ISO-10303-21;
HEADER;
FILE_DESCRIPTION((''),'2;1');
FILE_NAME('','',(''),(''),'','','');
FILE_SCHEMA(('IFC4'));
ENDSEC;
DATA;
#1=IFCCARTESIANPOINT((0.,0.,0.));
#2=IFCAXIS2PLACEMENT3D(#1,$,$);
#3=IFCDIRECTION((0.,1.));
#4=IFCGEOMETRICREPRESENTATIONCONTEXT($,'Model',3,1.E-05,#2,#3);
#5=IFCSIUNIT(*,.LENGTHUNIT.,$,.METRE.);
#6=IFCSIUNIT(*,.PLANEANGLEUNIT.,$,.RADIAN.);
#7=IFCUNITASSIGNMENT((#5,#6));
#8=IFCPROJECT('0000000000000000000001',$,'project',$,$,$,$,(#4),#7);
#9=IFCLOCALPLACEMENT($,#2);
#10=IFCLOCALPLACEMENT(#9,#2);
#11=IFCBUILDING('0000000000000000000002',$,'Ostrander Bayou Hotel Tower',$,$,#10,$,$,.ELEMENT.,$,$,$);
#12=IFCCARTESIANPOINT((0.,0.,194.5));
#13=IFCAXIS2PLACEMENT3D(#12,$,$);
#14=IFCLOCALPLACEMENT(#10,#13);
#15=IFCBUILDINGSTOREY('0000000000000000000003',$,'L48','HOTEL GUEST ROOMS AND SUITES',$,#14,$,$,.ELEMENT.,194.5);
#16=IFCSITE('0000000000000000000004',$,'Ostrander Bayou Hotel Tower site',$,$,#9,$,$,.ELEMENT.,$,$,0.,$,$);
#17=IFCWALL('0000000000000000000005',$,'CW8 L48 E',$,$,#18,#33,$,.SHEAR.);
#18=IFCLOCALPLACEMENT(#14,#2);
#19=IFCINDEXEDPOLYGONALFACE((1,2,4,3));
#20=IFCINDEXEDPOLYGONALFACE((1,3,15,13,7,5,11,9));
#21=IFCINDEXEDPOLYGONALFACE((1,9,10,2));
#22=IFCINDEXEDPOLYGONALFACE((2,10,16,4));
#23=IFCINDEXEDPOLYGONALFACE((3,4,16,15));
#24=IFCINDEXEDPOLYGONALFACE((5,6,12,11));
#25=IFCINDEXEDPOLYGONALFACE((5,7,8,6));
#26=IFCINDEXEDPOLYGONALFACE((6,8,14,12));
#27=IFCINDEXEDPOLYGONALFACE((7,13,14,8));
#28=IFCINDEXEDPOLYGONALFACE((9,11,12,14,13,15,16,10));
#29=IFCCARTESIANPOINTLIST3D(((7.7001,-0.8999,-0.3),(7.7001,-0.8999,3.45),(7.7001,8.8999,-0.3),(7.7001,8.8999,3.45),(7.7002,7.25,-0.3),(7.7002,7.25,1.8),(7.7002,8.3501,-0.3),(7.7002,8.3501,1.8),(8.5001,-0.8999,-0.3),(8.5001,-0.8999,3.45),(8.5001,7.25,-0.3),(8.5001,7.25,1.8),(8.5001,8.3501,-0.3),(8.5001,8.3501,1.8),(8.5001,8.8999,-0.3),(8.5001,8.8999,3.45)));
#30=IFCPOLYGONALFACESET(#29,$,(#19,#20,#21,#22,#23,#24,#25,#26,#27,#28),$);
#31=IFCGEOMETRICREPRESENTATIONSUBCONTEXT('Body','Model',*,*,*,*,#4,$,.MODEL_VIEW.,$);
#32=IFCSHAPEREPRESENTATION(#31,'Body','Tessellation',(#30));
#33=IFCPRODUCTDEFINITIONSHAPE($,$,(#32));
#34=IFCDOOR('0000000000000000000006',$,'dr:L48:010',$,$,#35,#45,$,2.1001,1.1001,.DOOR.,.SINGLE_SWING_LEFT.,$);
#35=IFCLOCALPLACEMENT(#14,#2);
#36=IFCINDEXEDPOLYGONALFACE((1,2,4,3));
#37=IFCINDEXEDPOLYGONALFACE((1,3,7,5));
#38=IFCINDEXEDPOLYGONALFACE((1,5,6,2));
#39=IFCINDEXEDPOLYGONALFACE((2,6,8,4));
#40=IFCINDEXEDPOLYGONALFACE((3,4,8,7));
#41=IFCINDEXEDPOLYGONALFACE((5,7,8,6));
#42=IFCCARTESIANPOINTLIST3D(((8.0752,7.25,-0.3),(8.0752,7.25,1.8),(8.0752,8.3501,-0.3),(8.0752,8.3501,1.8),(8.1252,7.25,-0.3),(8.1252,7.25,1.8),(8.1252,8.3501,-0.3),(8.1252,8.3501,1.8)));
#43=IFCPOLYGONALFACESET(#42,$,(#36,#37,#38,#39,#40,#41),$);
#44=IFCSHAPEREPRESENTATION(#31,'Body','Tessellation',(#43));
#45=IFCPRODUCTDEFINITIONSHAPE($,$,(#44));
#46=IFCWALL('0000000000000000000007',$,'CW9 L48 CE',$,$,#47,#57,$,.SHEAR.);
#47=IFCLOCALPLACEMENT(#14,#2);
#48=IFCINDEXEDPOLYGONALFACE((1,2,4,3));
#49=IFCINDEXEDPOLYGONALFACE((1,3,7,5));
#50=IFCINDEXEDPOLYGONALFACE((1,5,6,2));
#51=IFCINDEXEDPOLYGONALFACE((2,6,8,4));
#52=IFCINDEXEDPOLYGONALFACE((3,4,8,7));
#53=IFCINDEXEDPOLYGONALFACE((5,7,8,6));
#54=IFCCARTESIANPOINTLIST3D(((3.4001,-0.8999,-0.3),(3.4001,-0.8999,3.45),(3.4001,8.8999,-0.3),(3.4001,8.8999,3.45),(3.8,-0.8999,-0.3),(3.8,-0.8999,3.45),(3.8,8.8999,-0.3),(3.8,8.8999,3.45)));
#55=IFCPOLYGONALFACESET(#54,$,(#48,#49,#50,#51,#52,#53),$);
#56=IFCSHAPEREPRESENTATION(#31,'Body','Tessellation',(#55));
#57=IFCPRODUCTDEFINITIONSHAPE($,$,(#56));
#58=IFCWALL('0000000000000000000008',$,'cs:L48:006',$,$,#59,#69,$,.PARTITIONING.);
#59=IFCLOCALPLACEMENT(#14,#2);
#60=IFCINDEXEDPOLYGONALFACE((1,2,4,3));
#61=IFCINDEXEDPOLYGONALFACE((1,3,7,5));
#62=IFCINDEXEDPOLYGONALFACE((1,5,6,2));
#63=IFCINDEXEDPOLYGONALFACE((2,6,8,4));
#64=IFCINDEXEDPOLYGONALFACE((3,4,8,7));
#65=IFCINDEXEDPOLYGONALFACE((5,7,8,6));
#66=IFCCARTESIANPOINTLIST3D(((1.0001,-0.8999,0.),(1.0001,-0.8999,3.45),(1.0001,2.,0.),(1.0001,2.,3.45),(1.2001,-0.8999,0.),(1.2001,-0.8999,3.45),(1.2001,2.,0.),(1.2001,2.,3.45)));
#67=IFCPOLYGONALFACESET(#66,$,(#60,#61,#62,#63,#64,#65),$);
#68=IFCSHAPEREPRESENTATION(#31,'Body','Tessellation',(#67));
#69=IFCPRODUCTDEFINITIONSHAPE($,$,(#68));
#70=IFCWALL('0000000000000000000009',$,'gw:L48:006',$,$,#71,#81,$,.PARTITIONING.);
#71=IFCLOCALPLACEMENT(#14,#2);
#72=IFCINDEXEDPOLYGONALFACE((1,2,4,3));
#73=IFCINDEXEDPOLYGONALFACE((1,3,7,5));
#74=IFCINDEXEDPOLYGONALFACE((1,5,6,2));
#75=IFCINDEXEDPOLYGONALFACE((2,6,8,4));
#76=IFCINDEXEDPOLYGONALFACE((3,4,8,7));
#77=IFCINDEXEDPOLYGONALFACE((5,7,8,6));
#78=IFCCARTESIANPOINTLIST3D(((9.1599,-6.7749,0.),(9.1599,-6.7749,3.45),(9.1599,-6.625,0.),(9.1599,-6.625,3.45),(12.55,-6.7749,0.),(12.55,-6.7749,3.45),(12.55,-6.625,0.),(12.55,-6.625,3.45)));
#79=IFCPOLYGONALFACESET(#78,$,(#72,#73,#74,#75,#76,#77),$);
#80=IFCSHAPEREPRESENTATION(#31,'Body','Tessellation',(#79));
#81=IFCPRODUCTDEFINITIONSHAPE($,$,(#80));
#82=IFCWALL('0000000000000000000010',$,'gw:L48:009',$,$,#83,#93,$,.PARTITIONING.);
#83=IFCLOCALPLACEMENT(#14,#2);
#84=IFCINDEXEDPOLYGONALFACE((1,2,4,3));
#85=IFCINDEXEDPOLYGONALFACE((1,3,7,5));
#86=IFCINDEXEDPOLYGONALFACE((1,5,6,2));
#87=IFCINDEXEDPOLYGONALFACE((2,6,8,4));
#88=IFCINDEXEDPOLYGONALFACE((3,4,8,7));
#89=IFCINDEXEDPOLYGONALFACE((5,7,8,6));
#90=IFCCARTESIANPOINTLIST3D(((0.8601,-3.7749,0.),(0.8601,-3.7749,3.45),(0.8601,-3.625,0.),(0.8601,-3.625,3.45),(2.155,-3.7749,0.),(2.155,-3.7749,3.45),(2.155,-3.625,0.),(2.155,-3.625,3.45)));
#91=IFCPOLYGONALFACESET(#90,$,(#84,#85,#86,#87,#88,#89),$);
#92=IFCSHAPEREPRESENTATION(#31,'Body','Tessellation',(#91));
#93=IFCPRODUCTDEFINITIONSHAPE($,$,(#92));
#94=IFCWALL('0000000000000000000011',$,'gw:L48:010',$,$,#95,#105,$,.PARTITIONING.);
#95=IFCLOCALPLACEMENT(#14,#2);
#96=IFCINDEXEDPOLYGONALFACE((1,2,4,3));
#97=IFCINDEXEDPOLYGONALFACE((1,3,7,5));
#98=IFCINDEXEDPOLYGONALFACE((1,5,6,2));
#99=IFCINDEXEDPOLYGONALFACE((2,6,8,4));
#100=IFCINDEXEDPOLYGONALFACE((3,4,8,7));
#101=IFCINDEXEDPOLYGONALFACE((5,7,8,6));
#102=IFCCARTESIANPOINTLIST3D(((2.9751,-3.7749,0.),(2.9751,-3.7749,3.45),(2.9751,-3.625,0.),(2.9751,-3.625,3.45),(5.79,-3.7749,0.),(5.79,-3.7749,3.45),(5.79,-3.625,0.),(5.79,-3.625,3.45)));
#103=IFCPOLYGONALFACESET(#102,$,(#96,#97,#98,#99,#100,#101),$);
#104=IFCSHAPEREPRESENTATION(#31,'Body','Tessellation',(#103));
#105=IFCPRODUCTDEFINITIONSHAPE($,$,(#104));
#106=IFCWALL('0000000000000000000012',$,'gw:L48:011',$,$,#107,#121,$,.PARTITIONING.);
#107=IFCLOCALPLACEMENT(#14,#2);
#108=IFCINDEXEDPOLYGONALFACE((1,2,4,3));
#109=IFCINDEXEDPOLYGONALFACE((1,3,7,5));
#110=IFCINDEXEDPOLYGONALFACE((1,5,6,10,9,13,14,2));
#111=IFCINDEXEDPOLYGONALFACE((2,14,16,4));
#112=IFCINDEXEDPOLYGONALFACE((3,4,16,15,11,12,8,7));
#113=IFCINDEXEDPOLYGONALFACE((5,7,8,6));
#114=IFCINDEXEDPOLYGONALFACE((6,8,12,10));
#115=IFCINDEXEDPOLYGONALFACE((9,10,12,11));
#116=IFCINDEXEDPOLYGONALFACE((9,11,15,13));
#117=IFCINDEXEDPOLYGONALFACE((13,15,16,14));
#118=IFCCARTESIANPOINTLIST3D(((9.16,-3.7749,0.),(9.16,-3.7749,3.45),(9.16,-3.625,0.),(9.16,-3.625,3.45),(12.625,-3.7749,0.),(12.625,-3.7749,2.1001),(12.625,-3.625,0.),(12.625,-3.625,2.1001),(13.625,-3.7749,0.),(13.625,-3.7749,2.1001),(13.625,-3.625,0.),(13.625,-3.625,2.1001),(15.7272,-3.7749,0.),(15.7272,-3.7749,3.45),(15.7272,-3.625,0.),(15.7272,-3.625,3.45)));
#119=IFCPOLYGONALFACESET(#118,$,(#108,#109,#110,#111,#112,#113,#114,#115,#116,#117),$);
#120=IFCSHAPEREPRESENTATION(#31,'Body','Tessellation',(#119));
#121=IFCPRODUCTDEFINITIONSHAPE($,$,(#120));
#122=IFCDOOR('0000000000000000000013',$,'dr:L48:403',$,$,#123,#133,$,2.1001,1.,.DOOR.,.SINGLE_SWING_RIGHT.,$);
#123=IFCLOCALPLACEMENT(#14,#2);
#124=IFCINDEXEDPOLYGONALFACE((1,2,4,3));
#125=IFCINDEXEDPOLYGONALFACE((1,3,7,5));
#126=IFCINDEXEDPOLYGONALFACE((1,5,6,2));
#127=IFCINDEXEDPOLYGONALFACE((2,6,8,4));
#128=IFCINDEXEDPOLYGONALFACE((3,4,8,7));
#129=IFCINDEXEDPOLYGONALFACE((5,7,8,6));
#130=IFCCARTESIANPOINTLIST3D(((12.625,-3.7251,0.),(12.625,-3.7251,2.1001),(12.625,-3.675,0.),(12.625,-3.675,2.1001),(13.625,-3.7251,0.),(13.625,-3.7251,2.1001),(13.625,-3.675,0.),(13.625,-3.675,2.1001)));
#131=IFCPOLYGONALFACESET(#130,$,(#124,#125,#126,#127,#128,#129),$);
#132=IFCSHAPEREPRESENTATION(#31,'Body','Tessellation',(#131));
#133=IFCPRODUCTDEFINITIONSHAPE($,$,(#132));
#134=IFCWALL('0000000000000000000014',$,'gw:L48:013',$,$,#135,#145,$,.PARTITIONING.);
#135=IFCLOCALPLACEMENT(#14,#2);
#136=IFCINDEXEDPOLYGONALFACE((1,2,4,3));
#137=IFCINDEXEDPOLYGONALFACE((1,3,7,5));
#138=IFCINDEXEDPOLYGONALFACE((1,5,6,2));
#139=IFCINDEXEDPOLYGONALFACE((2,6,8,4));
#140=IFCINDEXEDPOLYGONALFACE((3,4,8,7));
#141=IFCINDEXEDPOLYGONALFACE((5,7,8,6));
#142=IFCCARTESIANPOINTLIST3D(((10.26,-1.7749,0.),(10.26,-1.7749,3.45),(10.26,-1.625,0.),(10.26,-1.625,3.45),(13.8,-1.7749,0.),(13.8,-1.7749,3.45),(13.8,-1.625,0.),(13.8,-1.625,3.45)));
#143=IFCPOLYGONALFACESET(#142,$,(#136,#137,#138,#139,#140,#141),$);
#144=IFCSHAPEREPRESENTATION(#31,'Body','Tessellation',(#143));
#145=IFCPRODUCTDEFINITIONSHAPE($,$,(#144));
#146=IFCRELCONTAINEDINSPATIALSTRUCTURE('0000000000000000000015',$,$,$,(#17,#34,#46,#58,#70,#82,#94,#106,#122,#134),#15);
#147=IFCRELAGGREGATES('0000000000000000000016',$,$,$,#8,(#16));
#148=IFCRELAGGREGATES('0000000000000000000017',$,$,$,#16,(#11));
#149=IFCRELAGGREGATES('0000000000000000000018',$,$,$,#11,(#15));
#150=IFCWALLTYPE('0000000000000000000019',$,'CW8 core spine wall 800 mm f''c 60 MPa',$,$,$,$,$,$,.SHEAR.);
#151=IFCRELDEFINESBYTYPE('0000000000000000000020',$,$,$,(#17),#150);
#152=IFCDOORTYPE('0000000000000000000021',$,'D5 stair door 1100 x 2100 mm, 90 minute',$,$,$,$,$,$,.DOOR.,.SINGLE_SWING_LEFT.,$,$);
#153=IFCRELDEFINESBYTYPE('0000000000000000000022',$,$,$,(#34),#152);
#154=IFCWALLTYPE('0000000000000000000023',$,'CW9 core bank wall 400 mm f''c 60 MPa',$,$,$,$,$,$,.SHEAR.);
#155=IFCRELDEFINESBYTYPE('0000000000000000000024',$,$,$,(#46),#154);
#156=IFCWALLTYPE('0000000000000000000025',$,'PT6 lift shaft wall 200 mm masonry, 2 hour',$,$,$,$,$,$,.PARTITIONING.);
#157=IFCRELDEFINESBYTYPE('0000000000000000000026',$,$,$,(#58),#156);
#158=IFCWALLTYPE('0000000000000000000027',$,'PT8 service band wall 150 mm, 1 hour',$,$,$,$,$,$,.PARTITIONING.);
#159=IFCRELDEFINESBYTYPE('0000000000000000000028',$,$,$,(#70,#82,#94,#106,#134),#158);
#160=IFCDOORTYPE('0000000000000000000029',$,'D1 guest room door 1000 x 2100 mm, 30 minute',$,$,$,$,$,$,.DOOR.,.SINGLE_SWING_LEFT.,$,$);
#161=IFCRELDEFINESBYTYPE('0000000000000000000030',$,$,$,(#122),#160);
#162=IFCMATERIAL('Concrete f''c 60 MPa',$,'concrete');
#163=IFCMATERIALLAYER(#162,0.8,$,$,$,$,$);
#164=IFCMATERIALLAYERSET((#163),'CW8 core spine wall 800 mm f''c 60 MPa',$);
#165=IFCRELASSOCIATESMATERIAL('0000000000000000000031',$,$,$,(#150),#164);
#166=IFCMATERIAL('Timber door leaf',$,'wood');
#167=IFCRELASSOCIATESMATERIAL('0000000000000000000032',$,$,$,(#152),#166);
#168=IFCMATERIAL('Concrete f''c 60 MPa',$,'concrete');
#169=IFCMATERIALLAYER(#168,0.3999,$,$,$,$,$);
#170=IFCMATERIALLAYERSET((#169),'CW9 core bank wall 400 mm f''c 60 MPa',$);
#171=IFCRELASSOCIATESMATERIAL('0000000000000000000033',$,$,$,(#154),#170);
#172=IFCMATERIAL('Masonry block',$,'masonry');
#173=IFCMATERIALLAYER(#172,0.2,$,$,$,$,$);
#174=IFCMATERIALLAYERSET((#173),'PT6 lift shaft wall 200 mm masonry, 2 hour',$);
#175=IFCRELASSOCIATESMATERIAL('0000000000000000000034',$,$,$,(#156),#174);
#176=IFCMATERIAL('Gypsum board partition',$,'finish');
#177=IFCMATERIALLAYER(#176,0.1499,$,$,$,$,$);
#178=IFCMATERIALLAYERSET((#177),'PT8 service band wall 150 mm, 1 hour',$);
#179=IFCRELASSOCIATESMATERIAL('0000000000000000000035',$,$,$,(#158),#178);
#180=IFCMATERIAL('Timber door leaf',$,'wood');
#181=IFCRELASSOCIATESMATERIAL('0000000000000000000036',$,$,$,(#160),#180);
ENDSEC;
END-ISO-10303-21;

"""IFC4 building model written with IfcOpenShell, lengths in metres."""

from ifc_helpers import new_model, si_unit, direction, frame, frame_2d, origin, place, context, subcontext, project, spatial, rectangle, extrude, material, layer, layer_set, type_object, element, fill, save


model = new_model("IFC4")

# Units and contexts
model_context = context("Model", 3, precision=1e-05, world=origin(), true_north=direction((0.0, 1.0)))
body_context = subcontext(model_context, "Body", "Model", "MODEL_VIEW")
ifc_project = project(units=[si_unit("LENGTHUNIT", "METRE"), si_unit("PLANEANGLEUNIT", "RADIAN")], contexts=[model_context])

# Site, building, storey
site_placement = place(None, origin())
site = spatial("IfcSite", under=ifc_project, at=site_placement, Name="Ostrander Bayou Hotel Tower site", CompositionType="ELEMENT", RefElevation=0.0)
building_placement = place(site_placement, origin())
building = spatial("IfcBuilding", under=site, at=building_placement, Name="Ostrander Bayou Hotel Tower", CompositionType="ELEMENT")
storey_placement = place(building_placement, frame((0.0, 0.0, 194.5)))
storey = spatial("IfcBuildingStorey", under=building, at=storey_placement, Name="L48", Description="HOTEL GUEST ROOMS AND SUITES", CompositionType="ELEMENT", Elevation=194.5)

# Wall, opening, door
ifc_material_1 = material(Name="Concrete f'c 60 MPa", Category="concrete")
ifc_layer_1 = layer(ifc_material_1, 0.8)
ifc_layer_set_1 = layer_set([ifc_layer_1], Name="CW8 core spine wall 800 mm f'c 60 MPa")
wall_type_1 = type_object("IfcWallType", Name="CW8 core spine wall 800 mm f'c 60 MPa", PredefinedType="SHEAR", material=ifc_layer_set_1)
wall_1_placement = place(storey_placement, frame((8.1001, -0.8999, -0.3), z_axis=(0.0, 0.0, 1.0), x_axis=(0.0, 1.0, 0.0)))
wall_1 = element("IfcWall", 1, at=wall_1_placement, inside=storey, type_object=wall_type_1, Name="CW8 L48 E", PredefinedType="SHEAR", context=body_context, shape_type="SweptSolid", body=[
    extrude(rectangle(XDim=9.7998, YDim=0.8, at=frame_2d((4.8999, 0.0))), origin(), (0.0, 0.0, 1.0), 3.75),
])
opening_1_placement = place(wall_1_placement, frame((8.1499, 0.0, 0.0)))
opening_1 = element("IfcOpeningElement", 2, at=opening_1_placement, cuts=wall_1, PredefinedType="OPENING", context=body_context, shape_type="SweptSolid", body=[
    extrude(rectangle(XDim=1.1001, YDim=2.1001, at=frame_2d((0.55, 1.05))), frame((0.0, 0.3999, 0.0), z_axis=(0.0, -1.0, 0.0), x_axis=(1.0, 0.0, 0.0)), (0.0, 0.0, 1.0), 0.8),
])
ifc_material_2 = material(Name="Timber door leaf", Category="wood")
door_type_1 = type_object("IfcDoorType", Name="D5 stair door 1100 x 2100 mm, 90 minute", OperationType="SINGLE_SWING_LEFT", PredefinedType="DOOR", material=ifc_material_2)
door_1_placement = place(opening_1_placement, origin())
door_1 = element("IfcDoor", 3, at=door_1_placement, inside=storey, type_object=door_type_1, Name="dr:L48:010", OperationType="SINGLE_SWING_LEFT", OverallHeight=2.1001, OverallWidth=1.1001, PredefinedType="DOOR", context=body_context, shape_type="SweptSolid", body=[
    extrude(rectangle(XDim=1.1001, YDim=2.1001, at=frame_2d((0.55, 1.05))), frame((0.0, 0.0249, 0.0), z_axis=(0.0, -1.0, 0.0), x_axis=(1.0, 0.0, 0.0)), (0.0, 0.0, 1.0), 0.05),
])
fill(opening_1, door_1)

# Walls
ifc_material_3 = material(Name="Concrete f'c 60 MPa", Category="concrete")
ifc_layer_2 = layer(ifc_material_3, 0.3999)
ifc_layer_set_2 = layer_set([ifc_layer_2], Name="CW9 core bank wall 400 mm f'c 60 MPa")
wall_type_2 = type_object("IfcWallType", Name="CW9 core bank wall 400 mm f'c 60 MPa", PredefinedType="SHEAR", material=ifc_layer_set_2)
wall_2_placement = place(storey_placement, frame((3.6001, -0.8999, -0.3), z_axis=(0.0, 0.0, 1.0), x_axis=(0.0, 1.0, 0.0)))
element("IfcWall", 4, at=wall_2_placement, inside=storey, type_object=wall_type_2, Name="CW9 L48 CE", PredefinedType="SHEAR", context=body_context, shape_type="SweptSolid", body=[
    extrude(rectangle(XDim=9.7998, YDim=0.3999, at=frame_2d((4.8999, 0.0))), origin(), (0.0, 0.0, 1.0), 3.75),
])
ifc_material_4 = material(Name="Masonry block", Category="masonry")
ifc_layer_3 = layer(ifc_material_4, 0.2)
ifc_layer_set_3 = layer_set([ifc_layer_3], Name="PT6 lift shaft wall 200 mm masonry, 2 hour")
wall_type_3 = type_object("IfcWallType", Name="PT6 lift shaft wall 200 mm masonry, 2 hour", PredefinedType="PARTITIONING", material=ifc_layer_set_3)
wall_3_placement = place(storey_placement, frame((1.1001, -0.8999, 0.0), z_axis=(0.0, 0.0, 1.0), x_axis=(0.0, 1.0, 0.0)))
element("IfcWall", 5, at=wall_3_placement, inside=storey, type_object=wall_type_3, Name="cs:L48:006", PredefinedType="PARTITIONING", context=body_context, shape_type="SweptSolid", body=[
    extrude(rectangle(XDim=2.8999, YDim=0.2, at=frame_2d((1.45, 0.0))), origin(), (0.0, 0.0, 1.0), 3.45),
])
ifc_material_5 = material(Name="Gypsum board partition", Category="finish")
ifc_layer_4 = layer(ifc_material_5, 0.1499)
ifc_layer_set_4 = layer_set([ifc_layer_4], Name="PT8 service band wall 150 mm, 1 hour")
wall_type_4 = type_object("IfcWallType", Name="PT8 service band wall 150 mm, 1 hour", PredefinedType="PARTITIONING", material=ifc_layer_set_4)
wall_4_placement = place(storey_placement, frame((9.1599, -6.7, 0.0), z_axis=(0.0, 0.0, 1.0), x_axis=(1.0, 0.0, 0.0)))
element("IfcWall", 6, at=wall_4_placement, inside=storey, type_object=wall_type_4, Name="gw:L48:006", PredefinedType="PARTITIONING", context=body_context, shape_type="SweptSolid", body=[
    extrude(rectangle(XDim=3.3901, YDim=0.1499, at=frame_2d((1.6951, 0.0))), origin(), (0.0, 0.0, 1.0), 3.45),
])
wall_5_placement = place(storey_placement, frame((0.8601, -3.7, 0.0), z_axis=(0.0, 0.0, 1.0), x_axis=(1.0, 0.0, 0.0)))
element("IfcWall", 7, at=wall_5_placement, inside=storey, type_object=wall_type_4, Name="gw:L48:009", PredefinedType="PARTITIONING", context=body_context, shape_type="SweptSolid", body=[
    extrude(rectangle(XDim=1.2949, YDim=0.1499, at=frame_2d((0.6475, 0.0))), origin(), (0.0, 0.0, 1.0), 3.45),
])
wall_6_placement = place(storey_placement, frame((2.9751, -3.7, 0.0), z_axis=(0.0, 0.0, 1.0), x_axis=(1.0, 0.0, 0.0)))
element("IfcWall", 8, at=wall_6_placement, inside=storey, type_object=wall_type_4, Name="gw:L48:010", PredefinedType="PARTITIONING", context=body_context, shape_type="SweptSolid", body=[
    extrude(rectangle(XDim=2.8149, YDim=0.1499, at=frame_2d((1.4075, 0.0))), origin(), (0.0, 0.0, 1.0), 3.45),
])

# Wall, opening, door
wall_7_placement = place(storey_placement, frame((9.1599, -3.7, 0.0), z_axis=(0.0, 0.0, 1.0), x_axis=(1.0, 0.0, 0.0)))
wall_7 = element("IfcWall", 9, at=wall_7_placement, inside=storey, type_object=wall_type_4, Name="gw:L48:011", PredefinedType="PARTITIONING", context=body_context, shape_type="SweptSolid", body=[
    extrude(rectangle(XDim=6.5671, YDim=0.1499, at=frame_2d((3.2837, 0.0))), origin(), (0.0, 0.0, 1.0), 3.45),
])
opening_2_placement = place(wall_7_placement, frame((3.4651, 0.0, 0.0)))
opening_2 = element("IfcOpeningElement", 10, at=opening_2_placement, cuts=wall_7, PredefinedType="OPENING", context=body_context, shape_type="SweptSolid", body=[
    extrude(rectangle(XDim=1.0, YDim=2.1001, at=frame_2d((0.5, 1.05))), frame((0.0, 0.075, 0.0), z_axis=(0.0, -1.0, 0.0), x_axis=(1.0, 0.0, 0.0)), (0.0, 0.0, 1.0), 0.1499),
])
ifc_material_6 = material(Name="Timber door leaf", Category="wood")
door_type_2 = type_object("IfcDoorType", Name="D1 guest room door 1000 x 2100 mm, 30 minute", OperationType="SINGLE_SWING_LEFT", PredefinedType="DOOR", material=ifc_material_6)
door_2_placement = place(opening_2_placement, origin())
door_2 = element("IfcDoor", 11, at=door_2_placement, inside=storey, type_object=door_type_2, Name="dr:L48:403", OperationType="SINGLE_SWING_RIGHT", OverallHeight=2.1001, OverallWidth=1.0, PredefinedType="DOOR", context=body_context, shape_type="SweptSolid", body=[
    extrude(rectangle(XDim=1.0, YDim=2.1001, at=frame_2d((0.5, 1.05))), frame((0.0, 0.0249, 0.0), z_axis=(0.0, -1.0, 0.0), x_axis=(1.0, 0.0, 0.0)), (0.0, 0.0, 1.0), 0.05),
])
fill(opening_2, door_2)

# Wall
wall_8_placement = place(storey_placement, frame((10.26, -1.7, 0.0), z_axis=(0.0, 0.0, 1.0), x_axis=(1.0, 0.0, 0.0)))
element("IfcWall", 12, at=wall_8_placement, inside=storey, type_object=wall_type_4, Name="gw:L48:013", PredefinedType="PARTITIONING", context=body_context, shape_type="SweptSolid", body=[
    extrude(rectangle(XDim=3.54, YDim=0.1499, at=frame_2d((1.77, 0.0))), origin(), (0.0, 0.0, 1.0), 3.45),
])

save(model, "model.ifc")
